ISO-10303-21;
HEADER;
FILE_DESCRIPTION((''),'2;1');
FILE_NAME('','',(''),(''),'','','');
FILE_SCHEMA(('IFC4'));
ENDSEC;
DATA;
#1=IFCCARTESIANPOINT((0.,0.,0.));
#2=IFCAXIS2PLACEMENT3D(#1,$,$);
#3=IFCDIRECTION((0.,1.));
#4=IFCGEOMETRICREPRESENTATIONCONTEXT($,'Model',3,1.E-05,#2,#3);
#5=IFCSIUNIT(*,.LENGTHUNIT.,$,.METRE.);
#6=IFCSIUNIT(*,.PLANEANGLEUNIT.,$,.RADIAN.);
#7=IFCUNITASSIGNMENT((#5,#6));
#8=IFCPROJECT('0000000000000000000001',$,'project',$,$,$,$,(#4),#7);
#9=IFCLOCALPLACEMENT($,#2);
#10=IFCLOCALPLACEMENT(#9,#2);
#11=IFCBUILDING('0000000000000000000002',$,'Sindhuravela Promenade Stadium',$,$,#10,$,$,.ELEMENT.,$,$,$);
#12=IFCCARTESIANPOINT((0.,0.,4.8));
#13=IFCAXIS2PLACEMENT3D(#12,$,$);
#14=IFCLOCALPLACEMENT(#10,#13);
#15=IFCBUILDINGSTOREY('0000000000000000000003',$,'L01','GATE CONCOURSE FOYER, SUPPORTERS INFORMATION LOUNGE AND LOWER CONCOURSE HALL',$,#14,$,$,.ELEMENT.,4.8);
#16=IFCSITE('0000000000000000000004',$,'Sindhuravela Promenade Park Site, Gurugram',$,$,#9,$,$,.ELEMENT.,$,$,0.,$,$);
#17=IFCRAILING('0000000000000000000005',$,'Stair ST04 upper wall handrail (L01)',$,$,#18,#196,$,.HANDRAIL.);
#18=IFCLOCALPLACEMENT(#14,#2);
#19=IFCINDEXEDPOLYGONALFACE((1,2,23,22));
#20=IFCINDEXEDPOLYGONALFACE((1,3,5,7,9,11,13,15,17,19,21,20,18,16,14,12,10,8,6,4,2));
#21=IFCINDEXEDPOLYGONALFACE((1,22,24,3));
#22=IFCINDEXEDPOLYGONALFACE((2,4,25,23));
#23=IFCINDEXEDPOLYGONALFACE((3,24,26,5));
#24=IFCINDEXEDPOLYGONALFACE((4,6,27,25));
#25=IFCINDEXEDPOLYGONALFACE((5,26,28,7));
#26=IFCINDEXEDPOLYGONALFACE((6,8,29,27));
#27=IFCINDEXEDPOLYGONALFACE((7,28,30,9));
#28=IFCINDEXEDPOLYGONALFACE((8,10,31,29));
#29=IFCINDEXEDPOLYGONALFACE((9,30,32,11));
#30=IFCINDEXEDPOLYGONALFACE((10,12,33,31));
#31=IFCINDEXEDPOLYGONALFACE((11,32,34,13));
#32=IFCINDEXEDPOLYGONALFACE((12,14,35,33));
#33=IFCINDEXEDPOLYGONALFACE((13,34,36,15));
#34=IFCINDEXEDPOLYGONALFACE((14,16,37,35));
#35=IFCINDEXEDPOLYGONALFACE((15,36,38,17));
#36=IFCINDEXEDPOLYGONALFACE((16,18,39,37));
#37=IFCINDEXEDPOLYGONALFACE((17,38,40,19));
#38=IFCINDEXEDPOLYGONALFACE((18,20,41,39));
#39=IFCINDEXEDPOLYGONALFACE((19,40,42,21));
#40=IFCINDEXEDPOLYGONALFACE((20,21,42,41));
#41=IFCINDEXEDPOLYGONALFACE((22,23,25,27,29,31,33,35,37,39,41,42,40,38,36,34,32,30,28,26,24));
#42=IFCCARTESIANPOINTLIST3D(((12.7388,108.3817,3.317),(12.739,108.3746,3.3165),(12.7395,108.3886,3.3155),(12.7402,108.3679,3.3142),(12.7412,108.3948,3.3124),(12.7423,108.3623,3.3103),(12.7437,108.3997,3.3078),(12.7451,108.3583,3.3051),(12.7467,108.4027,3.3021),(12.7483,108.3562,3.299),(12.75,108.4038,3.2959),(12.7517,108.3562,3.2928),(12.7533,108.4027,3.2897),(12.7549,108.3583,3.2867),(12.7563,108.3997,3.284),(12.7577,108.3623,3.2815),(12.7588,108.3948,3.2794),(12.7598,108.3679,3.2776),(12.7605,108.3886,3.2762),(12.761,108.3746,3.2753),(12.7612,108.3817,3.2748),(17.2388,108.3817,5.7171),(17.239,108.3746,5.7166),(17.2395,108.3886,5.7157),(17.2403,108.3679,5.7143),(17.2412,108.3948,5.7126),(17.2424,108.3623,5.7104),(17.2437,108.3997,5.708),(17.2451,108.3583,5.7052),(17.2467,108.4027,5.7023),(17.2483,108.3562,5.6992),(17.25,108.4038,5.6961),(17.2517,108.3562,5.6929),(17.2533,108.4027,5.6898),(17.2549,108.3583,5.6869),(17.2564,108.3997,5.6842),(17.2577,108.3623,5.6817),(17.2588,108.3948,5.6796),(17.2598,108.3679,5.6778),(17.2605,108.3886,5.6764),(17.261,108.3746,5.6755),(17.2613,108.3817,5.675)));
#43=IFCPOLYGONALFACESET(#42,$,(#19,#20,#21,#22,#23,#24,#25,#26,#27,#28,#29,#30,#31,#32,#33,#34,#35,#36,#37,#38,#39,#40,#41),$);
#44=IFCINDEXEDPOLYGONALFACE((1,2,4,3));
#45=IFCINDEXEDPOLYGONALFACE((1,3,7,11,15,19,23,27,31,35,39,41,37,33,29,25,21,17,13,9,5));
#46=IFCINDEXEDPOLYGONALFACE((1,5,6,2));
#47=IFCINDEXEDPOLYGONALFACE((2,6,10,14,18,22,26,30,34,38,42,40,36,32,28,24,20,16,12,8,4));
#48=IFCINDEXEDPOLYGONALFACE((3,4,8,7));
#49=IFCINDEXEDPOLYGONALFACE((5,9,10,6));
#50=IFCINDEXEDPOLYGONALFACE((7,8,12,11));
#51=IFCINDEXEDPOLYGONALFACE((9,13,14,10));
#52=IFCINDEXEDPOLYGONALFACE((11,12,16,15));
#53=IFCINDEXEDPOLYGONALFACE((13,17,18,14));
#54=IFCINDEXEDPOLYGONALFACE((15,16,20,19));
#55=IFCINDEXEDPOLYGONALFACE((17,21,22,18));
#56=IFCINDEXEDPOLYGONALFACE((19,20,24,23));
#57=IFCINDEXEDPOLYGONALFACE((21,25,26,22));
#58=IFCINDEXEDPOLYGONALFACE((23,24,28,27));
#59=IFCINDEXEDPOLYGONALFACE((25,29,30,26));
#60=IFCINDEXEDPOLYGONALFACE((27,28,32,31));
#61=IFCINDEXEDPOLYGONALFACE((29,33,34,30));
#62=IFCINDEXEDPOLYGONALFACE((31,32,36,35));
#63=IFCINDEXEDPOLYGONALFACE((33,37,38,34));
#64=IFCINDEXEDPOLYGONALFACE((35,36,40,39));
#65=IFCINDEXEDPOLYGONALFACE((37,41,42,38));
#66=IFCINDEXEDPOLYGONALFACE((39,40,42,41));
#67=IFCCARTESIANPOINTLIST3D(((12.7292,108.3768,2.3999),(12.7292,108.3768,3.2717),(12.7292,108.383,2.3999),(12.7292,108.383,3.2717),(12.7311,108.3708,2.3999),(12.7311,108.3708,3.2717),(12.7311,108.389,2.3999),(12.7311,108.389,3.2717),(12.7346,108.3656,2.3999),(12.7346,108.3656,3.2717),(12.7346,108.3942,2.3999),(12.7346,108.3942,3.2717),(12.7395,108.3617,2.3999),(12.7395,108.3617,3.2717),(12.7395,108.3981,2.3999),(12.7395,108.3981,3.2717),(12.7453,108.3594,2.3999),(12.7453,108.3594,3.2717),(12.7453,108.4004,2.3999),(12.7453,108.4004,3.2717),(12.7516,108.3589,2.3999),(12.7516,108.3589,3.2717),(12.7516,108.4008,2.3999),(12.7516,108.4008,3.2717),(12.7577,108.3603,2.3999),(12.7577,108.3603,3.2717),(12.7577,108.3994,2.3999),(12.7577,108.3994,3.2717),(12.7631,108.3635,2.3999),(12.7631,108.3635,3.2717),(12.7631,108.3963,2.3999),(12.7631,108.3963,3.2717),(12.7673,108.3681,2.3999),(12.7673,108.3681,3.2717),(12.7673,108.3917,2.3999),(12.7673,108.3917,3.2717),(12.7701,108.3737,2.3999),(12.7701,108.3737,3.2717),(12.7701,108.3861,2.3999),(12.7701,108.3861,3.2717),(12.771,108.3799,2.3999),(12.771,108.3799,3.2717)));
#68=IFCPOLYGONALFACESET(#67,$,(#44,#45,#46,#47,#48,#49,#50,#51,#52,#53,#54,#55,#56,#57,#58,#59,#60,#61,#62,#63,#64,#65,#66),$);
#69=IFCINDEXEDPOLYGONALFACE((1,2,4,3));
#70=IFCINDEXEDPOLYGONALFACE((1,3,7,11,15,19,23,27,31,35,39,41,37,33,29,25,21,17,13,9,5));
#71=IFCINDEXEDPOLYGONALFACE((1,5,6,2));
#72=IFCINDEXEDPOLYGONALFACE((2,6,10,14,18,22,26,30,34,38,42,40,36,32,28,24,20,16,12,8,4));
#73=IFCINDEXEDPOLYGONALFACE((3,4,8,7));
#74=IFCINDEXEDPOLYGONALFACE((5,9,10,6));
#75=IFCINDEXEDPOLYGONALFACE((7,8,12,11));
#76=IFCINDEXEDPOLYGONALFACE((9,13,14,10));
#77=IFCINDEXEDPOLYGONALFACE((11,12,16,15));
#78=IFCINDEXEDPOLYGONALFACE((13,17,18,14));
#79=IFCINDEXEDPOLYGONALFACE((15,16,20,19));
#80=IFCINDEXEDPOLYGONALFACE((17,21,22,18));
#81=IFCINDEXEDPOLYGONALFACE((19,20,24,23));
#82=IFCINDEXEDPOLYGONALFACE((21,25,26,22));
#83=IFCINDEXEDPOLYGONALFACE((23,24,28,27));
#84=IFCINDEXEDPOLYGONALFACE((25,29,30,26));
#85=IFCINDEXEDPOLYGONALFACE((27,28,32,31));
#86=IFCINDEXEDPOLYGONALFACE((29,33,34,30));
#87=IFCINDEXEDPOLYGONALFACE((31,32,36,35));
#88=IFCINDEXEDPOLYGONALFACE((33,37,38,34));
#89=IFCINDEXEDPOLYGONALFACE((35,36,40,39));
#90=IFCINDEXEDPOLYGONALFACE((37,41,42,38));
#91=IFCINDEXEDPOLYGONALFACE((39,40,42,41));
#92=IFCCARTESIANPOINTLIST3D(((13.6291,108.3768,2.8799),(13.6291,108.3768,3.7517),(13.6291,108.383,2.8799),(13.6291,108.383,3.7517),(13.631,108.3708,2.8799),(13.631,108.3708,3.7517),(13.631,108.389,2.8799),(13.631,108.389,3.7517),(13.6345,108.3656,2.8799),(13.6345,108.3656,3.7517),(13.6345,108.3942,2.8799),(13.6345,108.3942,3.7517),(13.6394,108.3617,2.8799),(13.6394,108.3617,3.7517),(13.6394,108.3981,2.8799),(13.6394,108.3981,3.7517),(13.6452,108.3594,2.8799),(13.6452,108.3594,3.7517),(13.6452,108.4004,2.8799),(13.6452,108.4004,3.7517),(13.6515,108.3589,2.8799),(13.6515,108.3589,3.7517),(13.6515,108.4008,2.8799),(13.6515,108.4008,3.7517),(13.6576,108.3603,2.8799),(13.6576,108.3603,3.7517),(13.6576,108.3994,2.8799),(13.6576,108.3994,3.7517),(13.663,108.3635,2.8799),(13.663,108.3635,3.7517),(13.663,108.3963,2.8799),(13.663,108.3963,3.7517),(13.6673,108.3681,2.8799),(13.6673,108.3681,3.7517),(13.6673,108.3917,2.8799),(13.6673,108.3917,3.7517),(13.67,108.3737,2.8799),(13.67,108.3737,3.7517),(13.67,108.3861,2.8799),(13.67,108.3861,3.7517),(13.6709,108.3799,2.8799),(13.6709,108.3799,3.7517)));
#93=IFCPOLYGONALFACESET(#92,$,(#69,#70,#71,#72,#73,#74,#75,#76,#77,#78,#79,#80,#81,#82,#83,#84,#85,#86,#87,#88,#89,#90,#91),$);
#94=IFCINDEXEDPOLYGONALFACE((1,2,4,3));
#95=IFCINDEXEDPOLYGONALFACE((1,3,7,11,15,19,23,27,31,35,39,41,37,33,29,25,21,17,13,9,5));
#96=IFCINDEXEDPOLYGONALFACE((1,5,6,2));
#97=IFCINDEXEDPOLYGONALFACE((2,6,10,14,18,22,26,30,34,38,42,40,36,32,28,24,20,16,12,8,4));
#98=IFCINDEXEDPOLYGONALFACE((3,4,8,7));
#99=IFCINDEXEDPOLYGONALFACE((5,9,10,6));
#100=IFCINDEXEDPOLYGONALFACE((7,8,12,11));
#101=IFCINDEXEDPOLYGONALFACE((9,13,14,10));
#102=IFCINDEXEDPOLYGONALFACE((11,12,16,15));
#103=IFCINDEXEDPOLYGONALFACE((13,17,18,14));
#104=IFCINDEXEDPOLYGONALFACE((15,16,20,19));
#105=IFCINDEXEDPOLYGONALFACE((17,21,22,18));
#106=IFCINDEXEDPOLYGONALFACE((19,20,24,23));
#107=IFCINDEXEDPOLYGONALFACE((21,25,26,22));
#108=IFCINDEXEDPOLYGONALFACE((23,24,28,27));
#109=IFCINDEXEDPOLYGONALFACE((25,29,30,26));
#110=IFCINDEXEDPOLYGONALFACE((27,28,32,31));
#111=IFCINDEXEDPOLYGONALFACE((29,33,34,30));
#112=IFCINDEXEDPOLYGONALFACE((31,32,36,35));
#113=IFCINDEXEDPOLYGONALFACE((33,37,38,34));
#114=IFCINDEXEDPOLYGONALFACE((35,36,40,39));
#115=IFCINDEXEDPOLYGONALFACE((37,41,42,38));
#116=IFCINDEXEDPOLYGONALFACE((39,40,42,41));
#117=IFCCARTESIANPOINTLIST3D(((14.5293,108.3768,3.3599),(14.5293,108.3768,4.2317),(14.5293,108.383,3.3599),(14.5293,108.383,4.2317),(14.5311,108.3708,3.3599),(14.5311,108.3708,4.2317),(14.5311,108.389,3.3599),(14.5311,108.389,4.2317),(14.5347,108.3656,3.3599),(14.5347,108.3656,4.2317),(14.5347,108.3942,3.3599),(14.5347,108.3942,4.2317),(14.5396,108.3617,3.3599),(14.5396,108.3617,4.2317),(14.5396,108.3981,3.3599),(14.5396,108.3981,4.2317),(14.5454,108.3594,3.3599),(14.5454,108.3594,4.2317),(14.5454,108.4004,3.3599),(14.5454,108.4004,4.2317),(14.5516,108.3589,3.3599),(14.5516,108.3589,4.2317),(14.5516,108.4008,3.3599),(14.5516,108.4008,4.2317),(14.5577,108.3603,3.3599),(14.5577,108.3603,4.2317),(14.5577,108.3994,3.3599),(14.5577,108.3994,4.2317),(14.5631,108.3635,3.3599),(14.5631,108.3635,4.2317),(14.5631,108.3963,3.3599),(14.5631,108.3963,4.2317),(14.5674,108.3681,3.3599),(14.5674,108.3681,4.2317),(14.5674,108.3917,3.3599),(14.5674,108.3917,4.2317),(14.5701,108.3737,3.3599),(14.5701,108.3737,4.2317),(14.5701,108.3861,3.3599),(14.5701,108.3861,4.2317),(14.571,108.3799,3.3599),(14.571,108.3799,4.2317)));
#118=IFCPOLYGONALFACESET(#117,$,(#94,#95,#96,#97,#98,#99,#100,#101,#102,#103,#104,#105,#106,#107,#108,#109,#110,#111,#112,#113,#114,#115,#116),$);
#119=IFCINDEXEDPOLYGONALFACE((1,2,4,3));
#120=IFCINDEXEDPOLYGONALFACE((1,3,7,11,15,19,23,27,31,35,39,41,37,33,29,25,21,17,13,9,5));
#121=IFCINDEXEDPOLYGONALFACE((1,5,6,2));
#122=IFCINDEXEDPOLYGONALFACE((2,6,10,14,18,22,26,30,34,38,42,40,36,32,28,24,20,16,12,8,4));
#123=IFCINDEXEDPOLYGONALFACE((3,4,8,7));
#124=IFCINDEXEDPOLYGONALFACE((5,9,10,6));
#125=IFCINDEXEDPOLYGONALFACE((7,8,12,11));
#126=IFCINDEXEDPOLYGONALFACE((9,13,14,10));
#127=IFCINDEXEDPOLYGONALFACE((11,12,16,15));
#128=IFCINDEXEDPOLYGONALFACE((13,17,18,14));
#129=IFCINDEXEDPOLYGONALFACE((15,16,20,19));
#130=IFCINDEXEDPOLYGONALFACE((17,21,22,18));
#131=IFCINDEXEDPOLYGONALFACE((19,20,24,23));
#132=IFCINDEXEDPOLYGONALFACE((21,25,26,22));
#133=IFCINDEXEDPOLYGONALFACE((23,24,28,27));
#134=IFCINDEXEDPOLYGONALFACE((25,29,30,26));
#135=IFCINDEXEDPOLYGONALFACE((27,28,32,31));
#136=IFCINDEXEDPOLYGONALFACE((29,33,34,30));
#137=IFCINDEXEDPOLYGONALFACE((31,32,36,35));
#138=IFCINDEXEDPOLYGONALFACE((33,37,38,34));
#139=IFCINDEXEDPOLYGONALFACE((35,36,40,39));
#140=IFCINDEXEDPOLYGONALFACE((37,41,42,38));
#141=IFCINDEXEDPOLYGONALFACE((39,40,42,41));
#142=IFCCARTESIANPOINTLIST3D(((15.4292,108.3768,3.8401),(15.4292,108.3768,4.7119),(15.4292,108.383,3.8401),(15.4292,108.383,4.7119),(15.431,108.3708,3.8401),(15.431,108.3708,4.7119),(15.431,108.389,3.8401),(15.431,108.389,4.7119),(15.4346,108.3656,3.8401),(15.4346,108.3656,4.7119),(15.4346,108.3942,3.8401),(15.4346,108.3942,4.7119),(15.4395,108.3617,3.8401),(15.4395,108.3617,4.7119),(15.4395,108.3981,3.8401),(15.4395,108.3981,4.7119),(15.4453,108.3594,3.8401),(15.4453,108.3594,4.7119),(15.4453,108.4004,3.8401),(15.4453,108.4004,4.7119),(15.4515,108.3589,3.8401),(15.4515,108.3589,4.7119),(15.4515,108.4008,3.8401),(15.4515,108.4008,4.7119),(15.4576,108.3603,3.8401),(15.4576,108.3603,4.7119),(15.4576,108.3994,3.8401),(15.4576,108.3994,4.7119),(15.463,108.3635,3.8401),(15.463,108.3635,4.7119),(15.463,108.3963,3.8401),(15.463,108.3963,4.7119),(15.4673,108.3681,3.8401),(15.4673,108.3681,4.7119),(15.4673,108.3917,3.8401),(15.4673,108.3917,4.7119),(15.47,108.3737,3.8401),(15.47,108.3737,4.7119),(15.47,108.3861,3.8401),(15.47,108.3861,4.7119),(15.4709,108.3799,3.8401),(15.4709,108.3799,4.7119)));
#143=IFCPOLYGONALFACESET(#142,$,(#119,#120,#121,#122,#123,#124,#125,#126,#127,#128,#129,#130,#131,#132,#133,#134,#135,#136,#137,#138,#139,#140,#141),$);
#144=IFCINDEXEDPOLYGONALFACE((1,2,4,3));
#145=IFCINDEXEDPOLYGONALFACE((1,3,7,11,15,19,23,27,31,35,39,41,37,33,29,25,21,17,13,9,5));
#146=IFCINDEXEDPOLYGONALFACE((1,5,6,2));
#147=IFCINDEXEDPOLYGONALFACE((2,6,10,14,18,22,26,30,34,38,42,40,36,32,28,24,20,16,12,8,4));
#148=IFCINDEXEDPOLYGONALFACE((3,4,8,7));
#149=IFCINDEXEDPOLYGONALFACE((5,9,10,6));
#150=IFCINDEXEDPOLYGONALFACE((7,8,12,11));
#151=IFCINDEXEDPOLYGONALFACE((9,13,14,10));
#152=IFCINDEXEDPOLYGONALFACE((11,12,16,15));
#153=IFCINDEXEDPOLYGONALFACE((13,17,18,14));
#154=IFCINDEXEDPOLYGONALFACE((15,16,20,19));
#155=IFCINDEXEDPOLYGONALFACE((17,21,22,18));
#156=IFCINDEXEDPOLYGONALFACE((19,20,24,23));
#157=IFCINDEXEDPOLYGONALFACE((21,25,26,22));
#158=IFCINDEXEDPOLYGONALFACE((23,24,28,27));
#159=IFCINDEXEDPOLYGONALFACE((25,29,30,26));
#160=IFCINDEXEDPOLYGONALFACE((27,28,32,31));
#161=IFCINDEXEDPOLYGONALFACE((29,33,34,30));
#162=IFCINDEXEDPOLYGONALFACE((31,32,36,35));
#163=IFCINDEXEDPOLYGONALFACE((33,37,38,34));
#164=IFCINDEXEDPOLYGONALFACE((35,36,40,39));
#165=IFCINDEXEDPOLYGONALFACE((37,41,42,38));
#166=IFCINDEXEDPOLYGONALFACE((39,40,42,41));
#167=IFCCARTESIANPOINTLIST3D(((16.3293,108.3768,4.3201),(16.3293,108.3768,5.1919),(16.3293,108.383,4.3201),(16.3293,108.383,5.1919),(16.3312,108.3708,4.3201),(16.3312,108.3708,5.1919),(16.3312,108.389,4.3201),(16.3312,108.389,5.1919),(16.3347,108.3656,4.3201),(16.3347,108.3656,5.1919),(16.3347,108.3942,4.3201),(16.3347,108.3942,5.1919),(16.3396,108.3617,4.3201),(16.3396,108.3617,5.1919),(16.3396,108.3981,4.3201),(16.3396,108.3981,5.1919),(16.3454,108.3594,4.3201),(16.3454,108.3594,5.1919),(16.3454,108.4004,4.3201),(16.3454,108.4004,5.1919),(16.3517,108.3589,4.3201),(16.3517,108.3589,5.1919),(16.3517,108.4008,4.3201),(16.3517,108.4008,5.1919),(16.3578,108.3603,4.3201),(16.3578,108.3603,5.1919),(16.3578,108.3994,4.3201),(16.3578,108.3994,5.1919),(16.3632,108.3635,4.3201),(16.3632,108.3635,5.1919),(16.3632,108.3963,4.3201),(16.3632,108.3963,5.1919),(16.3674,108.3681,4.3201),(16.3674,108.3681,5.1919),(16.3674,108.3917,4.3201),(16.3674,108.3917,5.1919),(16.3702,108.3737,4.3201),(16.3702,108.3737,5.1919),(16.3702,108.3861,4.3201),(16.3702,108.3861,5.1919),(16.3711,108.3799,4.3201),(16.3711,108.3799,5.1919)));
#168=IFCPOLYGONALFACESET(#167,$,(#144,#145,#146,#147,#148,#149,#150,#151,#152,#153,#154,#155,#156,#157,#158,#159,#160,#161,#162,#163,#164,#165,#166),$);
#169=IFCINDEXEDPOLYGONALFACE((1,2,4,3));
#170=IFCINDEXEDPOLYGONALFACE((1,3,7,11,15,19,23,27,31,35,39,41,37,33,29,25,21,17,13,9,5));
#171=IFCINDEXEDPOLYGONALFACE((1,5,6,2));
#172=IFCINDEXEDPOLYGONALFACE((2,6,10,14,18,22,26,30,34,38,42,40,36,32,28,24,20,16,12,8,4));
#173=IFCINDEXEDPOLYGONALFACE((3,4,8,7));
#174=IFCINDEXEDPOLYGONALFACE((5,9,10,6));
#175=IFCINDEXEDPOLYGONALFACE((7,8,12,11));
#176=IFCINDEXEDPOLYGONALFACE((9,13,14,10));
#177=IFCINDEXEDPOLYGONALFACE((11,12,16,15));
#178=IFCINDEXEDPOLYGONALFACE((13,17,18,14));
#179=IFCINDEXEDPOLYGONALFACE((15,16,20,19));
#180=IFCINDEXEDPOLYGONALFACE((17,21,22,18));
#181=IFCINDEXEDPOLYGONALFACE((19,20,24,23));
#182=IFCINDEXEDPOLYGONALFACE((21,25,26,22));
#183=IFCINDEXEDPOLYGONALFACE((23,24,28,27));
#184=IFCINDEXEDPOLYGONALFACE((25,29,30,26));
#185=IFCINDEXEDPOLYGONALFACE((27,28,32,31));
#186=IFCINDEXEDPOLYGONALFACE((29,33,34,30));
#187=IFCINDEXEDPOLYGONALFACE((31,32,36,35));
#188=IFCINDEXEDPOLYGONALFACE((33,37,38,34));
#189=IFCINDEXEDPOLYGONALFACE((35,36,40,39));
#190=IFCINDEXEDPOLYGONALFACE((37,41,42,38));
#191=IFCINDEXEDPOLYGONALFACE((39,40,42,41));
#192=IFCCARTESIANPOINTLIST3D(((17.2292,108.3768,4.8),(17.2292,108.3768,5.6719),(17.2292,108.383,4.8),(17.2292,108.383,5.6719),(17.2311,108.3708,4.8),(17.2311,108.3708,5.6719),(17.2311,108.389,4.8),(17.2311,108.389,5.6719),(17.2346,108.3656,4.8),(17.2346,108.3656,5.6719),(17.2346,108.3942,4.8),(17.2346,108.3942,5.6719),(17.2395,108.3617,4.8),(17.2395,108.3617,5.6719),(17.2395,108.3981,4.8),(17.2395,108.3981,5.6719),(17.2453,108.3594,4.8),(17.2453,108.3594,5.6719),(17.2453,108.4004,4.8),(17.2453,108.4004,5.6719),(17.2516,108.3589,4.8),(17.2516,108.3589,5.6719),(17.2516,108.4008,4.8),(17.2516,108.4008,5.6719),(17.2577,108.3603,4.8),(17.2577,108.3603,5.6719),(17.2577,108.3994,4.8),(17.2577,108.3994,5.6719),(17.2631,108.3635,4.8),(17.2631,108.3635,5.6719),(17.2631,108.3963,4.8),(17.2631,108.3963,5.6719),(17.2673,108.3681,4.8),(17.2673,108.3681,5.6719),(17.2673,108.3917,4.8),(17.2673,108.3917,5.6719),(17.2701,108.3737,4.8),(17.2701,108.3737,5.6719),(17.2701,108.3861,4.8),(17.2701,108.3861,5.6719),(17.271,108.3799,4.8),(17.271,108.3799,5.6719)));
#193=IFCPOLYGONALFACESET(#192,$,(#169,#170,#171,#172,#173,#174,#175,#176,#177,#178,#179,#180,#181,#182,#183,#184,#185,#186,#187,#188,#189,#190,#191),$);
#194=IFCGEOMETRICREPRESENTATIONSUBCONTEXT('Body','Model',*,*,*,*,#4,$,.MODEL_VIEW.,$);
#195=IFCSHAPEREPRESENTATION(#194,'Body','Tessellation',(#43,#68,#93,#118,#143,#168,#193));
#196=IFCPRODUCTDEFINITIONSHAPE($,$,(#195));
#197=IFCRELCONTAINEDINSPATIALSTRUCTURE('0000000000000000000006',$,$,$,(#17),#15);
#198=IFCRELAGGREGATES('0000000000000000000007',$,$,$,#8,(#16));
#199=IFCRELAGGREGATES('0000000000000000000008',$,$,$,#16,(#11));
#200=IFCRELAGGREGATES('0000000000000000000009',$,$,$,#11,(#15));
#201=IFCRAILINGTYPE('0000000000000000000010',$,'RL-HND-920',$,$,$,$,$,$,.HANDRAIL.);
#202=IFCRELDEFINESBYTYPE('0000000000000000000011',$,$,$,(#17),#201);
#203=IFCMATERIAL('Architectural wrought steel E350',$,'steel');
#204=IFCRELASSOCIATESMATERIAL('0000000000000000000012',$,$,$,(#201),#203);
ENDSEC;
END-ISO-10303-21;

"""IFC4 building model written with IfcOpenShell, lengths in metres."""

from ifc_helpers import new_model, si_unit, direction, frame, origin, origin_2d, place, context, subcontext, project, spatial, circle, extrude, material, type_object, element, save


model = new_model("IFC4")

# Units and contexts
model_context = context("Model", 3, precision=1e-05, world=origin(), true_north=direction((0.0, 1.0)))
body_context = subcontext(model_context, "Body", "Model", "MODEL_VIEW")
ifc_project = project(units=[si_unit("LENGTHUNIT", "METRE"), si_unit("PLANEANGLEUNIT", "RADIAN")], contexts=[model_context])

# Site, building, storey
site_placement = place(None, origin())
site = spatial("IfcSite", under=ifc_project, at=site_placement, Name="Sindhuravela Promenade Park Site, Gurugram", CompositionType="ELEMENT", RefElevation=0.0)
building_placement = place(site_placement, origin())
building = spatial("IfcBuilding", under=site, at=building_placement, Name="Sindhuravela Promenade Stadium", CompositionType="ELEMENT")
storey_placement = place(building_placement, frame((0.0, 0.0, 4.8)))
storey = spatial("IfcBuildingStorey", under=building, at=storey_placement, Name="L01", Description="GATE CONCOURSE FOYER, SUPPORTERS INFORMATION LOUNGE AND LOWER CONCOURSE HALL", CompositionType="ELEMENT", Elevation=4.8)

# Shared definitions
ifc_material_1 = material(Name="Architectural wrought steel E350", Category="steel")

# Railing
railing_type_1 = type_object("IfcRailingType", Name="RL-HND-920", PredefinedType="HANDRAIL", material=ifc_material_1)
railing_1_placement = place(storey_placement, frame((12.75, 108.3799, 2.3999)))
element("IfcRailing", 1, at=railing_1_placement, inside=storey, type_object=railing_type_1, Name="Stair ST04 upper wall handrail (L01)", PredefinedType="HANDRAIL", context=body_context, shape_type="SweptSolid", body=[
    extrude(circle(Radius=0.0239, at=origin_2d()), frame((0.0, 0.0, 0.896), z_axis=(0.882341, 0.0, 0.470611), x_axis=(0.0, 1.0, 0.0)), (0.0, 0.0, 1.0), 5.1001),
    extrude(circle(Radius=0.021, at=origin_2d()), origin(), (0.0, 0.0, 1.0), 0.8718),
    extrude(circle(Radius=0.021, at=origin_2d()), frame((0.8999, 0.0, 0.48)), (0.0, 0.0, 1.0), 0.8718),
    extrude(circle(Radius=0.021, at=origin_2d()), frame((1.8, 0.0, 0.96)), (0.0, 0.0, 1.0), 0.8718),
    extrude(circle(Radius=0.021, at=origin_2d()), frame((2.7, 0.0, 1.4402)), (0.0, 0.0, 1.0), 0.8718),
    extrude(circle(Radius=0.021, at=origin_2d()), frame((3.6001, 0.0, 1.9202)), (0.0, 0.0, 1.0), 0.8718),
    extrude(circle(Radius=0.021, at=origin_2d()), frame((4.5, 0.0, 2.4001)), (0.0, 0.0, 1.0), 0.8718),
])

save(model, "model.ifc")
